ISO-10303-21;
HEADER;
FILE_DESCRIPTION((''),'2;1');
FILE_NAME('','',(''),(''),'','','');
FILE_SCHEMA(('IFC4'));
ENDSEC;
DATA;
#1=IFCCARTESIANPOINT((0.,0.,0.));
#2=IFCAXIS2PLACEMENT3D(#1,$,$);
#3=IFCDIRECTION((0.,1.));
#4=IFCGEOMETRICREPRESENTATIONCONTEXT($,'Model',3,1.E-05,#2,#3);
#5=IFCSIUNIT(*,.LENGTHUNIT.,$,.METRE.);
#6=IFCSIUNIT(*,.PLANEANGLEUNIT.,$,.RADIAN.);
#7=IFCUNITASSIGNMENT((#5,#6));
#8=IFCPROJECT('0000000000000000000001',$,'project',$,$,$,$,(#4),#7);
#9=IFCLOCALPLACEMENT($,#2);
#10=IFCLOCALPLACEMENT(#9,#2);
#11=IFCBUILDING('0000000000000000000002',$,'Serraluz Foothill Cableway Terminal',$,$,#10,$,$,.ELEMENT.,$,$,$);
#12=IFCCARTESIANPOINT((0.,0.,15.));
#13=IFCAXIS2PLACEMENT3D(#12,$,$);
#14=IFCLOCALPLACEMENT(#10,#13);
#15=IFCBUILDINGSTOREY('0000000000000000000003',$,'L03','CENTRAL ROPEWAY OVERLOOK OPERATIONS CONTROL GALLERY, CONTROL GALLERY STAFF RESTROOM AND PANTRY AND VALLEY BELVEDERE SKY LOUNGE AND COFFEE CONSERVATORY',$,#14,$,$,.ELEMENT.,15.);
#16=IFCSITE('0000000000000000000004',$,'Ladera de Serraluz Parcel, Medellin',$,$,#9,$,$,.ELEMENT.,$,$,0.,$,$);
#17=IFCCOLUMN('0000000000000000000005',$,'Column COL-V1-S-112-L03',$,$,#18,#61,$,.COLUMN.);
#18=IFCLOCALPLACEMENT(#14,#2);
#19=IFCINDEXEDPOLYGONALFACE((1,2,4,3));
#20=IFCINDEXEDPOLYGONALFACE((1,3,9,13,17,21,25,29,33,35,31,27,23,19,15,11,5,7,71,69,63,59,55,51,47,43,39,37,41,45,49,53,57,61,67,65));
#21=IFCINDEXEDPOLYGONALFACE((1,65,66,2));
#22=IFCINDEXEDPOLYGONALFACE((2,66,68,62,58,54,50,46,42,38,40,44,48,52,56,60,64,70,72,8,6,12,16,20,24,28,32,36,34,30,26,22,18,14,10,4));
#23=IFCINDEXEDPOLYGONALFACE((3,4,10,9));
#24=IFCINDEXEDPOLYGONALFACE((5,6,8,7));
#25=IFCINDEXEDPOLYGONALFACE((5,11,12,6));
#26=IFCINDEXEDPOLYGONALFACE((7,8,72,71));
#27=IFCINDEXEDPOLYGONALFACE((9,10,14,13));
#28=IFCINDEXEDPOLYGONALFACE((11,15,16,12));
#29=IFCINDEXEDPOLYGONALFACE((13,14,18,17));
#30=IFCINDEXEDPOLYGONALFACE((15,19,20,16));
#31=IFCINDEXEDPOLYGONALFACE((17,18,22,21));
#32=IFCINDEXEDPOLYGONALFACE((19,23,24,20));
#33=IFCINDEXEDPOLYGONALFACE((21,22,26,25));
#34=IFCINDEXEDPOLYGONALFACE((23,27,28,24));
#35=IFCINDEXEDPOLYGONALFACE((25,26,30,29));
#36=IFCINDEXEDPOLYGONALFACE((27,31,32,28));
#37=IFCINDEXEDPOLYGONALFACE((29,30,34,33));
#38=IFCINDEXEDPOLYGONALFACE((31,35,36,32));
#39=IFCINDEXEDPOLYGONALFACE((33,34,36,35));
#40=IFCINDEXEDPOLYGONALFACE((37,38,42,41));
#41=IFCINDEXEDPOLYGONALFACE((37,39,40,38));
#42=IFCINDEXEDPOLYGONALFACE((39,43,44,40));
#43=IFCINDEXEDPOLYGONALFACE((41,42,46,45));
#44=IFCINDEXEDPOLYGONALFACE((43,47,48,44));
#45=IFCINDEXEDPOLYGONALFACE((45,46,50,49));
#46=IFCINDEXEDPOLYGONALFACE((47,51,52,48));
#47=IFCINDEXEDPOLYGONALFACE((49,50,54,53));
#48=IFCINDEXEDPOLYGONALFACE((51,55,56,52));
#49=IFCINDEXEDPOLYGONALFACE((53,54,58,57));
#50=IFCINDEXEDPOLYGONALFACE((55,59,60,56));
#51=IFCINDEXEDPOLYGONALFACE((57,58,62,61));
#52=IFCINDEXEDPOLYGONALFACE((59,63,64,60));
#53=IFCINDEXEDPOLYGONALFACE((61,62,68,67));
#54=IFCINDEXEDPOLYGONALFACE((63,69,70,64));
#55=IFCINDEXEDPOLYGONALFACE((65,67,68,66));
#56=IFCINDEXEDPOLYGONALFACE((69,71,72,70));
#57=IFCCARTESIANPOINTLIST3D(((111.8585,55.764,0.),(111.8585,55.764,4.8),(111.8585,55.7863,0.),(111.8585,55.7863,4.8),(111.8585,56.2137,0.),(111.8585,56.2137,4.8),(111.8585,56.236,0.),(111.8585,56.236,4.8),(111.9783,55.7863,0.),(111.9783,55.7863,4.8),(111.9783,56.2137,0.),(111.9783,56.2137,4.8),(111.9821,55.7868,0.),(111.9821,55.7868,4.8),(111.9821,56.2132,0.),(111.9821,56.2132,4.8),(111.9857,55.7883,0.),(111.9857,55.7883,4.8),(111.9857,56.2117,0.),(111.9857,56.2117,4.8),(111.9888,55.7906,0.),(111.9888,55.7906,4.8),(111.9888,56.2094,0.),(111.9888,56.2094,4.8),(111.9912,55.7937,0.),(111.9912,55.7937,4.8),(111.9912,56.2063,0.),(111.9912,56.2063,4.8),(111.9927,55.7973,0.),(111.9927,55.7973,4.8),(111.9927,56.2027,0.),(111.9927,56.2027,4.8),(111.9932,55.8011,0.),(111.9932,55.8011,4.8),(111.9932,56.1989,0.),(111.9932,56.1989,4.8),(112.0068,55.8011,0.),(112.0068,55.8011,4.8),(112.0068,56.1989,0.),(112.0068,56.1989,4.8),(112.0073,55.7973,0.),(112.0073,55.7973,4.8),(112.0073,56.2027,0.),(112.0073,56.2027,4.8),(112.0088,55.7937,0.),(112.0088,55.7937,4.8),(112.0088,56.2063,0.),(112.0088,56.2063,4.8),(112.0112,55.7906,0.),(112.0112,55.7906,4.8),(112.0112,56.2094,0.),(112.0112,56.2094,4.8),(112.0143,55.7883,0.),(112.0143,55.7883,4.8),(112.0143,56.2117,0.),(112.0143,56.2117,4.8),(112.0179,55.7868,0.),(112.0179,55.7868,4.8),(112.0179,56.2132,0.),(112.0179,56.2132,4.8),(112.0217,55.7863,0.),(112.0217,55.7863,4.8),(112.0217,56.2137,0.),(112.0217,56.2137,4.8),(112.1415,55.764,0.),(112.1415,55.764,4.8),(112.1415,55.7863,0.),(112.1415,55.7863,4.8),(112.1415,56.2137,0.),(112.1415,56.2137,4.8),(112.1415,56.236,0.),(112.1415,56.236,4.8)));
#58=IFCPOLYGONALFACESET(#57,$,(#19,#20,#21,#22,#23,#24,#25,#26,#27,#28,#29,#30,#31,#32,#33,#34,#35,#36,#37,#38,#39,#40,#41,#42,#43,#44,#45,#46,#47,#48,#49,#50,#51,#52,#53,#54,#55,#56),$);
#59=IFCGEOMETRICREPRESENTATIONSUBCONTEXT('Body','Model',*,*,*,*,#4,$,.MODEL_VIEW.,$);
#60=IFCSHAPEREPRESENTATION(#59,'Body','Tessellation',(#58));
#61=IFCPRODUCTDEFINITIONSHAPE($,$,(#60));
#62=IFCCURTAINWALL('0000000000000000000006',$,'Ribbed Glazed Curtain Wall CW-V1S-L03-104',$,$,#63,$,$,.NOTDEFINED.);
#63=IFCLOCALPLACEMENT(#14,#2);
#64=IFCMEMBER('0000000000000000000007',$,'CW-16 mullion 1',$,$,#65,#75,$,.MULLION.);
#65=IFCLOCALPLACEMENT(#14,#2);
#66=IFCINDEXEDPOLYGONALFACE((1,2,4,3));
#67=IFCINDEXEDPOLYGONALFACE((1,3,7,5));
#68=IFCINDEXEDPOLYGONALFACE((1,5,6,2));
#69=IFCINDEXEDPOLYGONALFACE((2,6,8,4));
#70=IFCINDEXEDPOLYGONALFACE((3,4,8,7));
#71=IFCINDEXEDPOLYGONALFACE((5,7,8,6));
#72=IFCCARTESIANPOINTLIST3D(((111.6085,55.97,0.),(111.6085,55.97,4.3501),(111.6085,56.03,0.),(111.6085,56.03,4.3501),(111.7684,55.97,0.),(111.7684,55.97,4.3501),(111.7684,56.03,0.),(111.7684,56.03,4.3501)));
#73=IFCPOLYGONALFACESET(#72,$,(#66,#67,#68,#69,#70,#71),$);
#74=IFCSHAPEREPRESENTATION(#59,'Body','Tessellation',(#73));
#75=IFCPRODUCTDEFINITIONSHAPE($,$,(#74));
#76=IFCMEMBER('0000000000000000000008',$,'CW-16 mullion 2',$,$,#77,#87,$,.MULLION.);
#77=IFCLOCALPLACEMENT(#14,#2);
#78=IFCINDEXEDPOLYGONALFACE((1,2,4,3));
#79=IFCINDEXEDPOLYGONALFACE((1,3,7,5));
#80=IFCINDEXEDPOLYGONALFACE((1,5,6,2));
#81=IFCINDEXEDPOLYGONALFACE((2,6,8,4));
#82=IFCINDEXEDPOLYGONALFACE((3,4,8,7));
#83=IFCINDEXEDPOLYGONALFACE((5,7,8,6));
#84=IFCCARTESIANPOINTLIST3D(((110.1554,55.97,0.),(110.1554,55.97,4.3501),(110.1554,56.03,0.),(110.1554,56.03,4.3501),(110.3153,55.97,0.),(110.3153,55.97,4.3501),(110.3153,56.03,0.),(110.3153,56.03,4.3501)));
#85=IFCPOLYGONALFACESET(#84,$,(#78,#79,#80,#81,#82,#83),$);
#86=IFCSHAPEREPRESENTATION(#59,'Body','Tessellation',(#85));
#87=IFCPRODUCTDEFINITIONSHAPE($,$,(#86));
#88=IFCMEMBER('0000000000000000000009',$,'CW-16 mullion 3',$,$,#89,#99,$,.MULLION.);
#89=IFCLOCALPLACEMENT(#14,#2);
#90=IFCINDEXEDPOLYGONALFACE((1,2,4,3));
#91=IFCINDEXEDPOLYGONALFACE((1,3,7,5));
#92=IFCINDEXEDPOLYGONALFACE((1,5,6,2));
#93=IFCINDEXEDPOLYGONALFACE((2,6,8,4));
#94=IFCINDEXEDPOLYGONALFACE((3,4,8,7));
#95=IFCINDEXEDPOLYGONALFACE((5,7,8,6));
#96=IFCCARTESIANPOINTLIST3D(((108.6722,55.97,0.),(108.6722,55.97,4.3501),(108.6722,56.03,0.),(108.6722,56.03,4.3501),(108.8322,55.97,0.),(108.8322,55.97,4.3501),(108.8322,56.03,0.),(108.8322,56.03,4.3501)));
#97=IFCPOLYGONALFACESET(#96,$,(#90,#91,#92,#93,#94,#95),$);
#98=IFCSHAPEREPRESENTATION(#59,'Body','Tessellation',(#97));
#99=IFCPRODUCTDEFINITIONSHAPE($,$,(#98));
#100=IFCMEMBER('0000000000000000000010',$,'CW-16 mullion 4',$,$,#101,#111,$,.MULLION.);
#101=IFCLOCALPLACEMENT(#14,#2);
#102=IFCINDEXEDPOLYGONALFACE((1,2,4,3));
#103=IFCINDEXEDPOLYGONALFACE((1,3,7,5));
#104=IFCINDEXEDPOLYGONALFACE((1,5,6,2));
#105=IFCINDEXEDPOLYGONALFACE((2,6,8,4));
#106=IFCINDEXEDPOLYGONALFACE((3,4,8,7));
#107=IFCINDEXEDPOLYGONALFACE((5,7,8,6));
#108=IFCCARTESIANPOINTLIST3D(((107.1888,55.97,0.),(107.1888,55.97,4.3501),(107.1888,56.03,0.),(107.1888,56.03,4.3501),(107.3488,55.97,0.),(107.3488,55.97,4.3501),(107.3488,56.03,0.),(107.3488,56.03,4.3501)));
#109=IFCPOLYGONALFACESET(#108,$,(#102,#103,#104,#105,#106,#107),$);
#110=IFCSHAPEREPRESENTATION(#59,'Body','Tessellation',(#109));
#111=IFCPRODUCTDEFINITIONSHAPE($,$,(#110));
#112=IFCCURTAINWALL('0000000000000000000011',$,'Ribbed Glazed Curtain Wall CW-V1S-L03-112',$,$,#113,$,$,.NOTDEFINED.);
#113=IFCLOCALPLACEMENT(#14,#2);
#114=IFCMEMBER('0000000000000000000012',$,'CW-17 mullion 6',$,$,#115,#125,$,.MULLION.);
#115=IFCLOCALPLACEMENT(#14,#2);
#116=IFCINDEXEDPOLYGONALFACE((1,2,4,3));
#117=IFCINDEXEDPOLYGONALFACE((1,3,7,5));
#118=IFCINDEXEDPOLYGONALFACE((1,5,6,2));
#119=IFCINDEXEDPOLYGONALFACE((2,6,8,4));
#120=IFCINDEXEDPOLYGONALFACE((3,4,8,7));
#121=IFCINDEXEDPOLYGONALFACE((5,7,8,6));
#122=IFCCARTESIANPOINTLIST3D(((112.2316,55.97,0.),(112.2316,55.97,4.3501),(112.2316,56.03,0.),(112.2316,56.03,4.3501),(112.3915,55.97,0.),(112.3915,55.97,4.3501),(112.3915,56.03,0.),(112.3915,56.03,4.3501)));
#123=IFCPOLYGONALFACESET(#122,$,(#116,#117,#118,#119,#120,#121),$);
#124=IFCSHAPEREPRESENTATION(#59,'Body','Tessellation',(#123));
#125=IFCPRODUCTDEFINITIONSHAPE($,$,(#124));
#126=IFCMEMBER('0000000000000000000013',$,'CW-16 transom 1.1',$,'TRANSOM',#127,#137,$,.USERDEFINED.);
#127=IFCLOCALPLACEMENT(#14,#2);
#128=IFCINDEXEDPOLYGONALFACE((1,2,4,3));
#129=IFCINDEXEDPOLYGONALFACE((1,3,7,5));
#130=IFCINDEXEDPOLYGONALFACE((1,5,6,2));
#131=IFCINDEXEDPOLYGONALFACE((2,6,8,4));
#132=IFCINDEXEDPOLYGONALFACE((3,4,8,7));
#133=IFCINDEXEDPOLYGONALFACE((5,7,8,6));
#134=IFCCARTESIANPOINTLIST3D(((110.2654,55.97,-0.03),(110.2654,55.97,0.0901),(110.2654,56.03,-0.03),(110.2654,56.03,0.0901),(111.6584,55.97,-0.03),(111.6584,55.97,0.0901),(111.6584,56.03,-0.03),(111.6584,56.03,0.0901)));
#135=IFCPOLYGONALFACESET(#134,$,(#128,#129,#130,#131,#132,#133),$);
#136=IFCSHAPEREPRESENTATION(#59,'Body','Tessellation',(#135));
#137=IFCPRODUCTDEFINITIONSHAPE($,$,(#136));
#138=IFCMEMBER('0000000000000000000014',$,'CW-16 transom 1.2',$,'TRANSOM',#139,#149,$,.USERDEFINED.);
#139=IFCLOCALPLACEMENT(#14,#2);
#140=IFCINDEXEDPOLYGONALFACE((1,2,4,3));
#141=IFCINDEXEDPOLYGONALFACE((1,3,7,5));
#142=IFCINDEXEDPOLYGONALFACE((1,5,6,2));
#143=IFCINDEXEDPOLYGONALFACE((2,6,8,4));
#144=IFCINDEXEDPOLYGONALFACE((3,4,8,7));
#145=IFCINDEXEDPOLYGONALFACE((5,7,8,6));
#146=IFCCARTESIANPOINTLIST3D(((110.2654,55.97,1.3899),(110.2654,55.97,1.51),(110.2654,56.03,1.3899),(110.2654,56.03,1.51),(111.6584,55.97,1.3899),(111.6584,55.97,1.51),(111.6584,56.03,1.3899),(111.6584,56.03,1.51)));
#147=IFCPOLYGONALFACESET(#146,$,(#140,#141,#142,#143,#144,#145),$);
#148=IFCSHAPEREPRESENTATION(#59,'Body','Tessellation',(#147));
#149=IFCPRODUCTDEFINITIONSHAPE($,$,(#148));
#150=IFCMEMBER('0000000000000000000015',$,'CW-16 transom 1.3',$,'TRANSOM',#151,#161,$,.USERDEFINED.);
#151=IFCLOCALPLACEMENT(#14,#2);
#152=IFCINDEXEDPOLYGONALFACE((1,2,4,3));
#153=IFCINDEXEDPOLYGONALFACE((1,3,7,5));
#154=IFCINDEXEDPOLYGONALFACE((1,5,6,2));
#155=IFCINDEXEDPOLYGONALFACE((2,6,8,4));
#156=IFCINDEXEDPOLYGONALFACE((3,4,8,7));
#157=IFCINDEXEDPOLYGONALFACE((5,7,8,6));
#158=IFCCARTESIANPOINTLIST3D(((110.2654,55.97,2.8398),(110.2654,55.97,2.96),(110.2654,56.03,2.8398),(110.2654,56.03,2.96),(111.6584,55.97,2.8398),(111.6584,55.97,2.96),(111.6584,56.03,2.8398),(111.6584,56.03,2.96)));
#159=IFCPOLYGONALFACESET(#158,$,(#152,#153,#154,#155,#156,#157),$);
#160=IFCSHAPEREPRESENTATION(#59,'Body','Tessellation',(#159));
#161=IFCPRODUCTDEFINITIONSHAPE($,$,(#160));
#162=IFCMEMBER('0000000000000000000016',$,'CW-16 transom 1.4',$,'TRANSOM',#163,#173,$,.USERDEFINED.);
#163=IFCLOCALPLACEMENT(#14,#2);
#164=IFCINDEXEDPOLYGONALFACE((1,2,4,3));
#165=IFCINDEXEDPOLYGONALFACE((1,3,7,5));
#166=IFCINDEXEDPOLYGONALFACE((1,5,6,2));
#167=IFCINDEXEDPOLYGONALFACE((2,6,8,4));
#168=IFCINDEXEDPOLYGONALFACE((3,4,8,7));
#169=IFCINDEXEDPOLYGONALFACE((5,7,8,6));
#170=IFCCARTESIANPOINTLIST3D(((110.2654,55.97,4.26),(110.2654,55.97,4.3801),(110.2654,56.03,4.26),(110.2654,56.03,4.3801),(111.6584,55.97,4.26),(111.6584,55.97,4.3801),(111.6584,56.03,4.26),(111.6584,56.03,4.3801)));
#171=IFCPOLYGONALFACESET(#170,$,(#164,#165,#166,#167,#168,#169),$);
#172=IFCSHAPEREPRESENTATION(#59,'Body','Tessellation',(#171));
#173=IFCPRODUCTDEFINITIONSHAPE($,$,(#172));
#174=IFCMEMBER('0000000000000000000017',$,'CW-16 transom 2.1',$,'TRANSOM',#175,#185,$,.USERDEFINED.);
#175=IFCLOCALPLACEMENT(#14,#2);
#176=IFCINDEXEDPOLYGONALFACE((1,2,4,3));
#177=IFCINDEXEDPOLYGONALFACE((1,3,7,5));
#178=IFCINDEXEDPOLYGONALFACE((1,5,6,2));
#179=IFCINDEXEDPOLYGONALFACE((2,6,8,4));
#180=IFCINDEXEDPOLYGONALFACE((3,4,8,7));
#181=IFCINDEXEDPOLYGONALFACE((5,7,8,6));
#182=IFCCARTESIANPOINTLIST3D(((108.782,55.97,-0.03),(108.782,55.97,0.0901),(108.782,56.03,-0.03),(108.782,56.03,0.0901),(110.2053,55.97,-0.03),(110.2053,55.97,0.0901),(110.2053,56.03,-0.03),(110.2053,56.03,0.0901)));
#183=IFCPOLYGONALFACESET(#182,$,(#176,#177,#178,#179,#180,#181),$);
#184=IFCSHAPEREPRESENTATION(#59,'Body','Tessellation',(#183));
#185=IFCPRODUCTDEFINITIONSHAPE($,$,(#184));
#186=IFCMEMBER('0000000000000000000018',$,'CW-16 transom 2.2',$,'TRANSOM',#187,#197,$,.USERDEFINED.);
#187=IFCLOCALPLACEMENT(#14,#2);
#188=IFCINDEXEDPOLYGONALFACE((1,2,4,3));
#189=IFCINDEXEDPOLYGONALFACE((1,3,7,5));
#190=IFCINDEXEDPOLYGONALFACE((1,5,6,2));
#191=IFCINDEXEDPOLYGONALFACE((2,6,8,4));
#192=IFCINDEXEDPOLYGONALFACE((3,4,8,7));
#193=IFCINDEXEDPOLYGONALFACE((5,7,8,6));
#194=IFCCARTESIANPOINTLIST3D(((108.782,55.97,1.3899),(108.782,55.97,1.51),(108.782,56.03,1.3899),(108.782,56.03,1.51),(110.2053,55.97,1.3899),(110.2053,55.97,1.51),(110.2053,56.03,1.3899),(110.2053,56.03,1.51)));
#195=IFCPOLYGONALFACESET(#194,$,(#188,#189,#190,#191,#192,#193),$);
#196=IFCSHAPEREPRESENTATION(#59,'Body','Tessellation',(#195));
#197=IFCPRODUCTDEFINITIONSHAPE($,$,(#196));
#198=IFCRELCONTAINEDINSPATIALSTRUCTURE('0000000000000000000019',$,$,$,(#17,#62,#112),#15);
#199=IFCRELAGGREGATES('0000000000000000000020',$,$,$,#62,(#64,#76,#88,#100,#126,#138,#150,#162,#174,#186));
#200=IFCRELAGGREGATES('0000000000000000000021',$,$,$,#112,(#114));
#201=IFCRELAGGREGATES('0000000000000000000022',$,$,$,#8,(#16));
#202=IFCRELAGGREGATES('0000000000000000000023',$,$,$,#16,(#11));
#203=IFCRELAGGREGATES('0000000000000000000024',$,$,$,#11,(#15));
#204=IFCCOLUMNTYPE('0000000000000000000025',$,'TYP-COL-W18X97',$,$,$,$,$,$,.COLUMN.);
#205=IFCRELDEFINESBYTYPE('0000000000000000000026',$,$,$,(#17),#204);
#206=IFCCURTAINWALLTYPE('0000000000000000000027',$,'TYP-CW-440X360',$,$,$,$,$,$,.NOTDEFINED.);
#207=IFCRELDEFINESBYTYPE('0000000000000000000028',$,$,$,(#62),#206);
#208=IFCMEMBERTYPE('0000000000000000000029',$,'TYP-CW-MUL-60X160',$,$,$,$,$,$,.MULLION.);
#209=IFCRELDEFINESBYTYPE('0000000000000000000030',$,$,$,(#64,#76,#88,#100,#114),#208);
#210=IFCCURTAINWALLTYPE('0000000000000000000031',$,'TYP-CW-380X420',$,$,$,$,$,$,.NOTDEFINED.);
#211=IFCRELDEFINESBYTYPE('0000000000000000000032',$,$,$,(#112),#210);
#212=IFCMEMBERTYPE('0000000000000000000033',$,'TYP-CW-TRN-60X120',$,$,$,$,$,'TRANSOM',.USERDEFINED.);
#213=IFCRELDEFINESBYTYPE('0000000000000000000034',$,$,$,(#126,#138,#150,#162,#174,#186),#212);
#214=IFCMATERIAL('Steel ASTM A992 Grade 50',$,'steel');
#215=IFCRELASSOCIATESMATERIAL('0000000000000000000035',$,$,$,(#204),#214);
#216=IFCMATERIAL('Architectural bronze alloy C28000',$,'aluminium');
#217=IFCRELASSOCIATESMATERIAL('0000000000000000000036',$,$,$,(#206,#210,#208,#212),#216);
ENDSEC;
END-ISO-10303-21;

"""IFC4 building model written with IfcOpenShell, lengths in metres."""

from ifc_helpers import new_model, si_unit, direction, frame, origin, origin_2d, place, context, subcontext, project, spatial, rectangle, i_section, extrude, material, material_profile, profile_set, type_object, element, aggregate, save


model = new_model("IFC4")

# Units and contexts
model_context = context("Model", 3, precision=1e-05, world=origin(), true_north=direction((0.0, 1.0)))
body_context = subcontext(model_context, "Body", "Model", "MODEL_VIEW")
ifc_project = project(units=[si_unit("LENGTHUNIT", "METRE"), si_unit("PLANEANGLEUNIT", "RADIAN")], contexts=[model_context])

# Site, building, storey
site_placement = place(None, origin())
site = spatial("IfcSite", under=ifc_project, at=site_placement, Name="Ladera de Serraluz Parcel, Medellin", CompositionType="ELEMENT", RefElevation=0.0)
building_placement = place(site_placement, origin())
building = spatial("IfcBuilding", under=site, at=building_placement, Name="Serraluz Foothill Cableway Terminal", CompositionType="ELEMENT")
storey_placement = place(building_placement, frame((0.0, 0.0, 15.0)))
storey = spatial("IfcBuildingStorey", under=building, at=storey_placement, Name="L03", Description="CENTRAL ROPEWAY OVERLOOK OPERATIONS CONTROL GALLERY, CONTROL GALLERY STAFF RESTROOM AND PANTRY AND VALLEY BELVEDERE SKY LOUNGE AND COFFEE CONSERVATORY", CompositionType="ELEMENT", Elevation=15.0)

# Column
ifc_material_1 = material(Name="Steel ASTM A992 Grade 50", Category="steel")
ifc_material_profile_1 = material_profile(ifc_material_1, i_section(OverallWidth=0.283, OverallDepth=0.4719, WebThickness=0.0137, FlangeThickness=0.0222, FilletRadius=0.0149, at=origin_2d()), Name="W18X97")
ifc_profile_set_1 = profile_set([ifc_material_profile_1], Name="Steel ASTM A992 Grade 50")
column_type = type_object("IfcColumnType", Name="TYP-COL-W18X97", PredefinedType="COLUMN", material=ifc_profile_set_1)
column_placement = place(storey_placement, frame((112.0, 56.0, 0.0), z_axis=(0.0, 0.0, 1.0), x_axis=(1.0, 0.0, 0.0)))
element("IfcColumn", 1, at=column_placement, inside=storey, type_object=column_type, Name="Column COL-V1-S-112-L03", PredefinedType="COLUMN", context=body_context, shape_type="SweptSolid", body=[
    extrude(i_section(OverallWidth=0.283, OverallDepth=0.4719, WebThickness=0.0137, FlangeThickness=0.0222, FilletRadius=0.0149, at=origin_2d()), origin(), (0.0, 0.0, 1.0), 4.8),
])

# Curtain wall, members
ifc_material_2 = material(Name="Architectural bronze alloy C28000", Category="aluminium")
curtain_wall_type_1 = type_object("IfcCurtainWallType", Name="TYP-CW-440X360", PredefinedType="NOTDEFINED", material=ifc_material_2)
curtain_wall_1_placement = place(storey_placement, origin())
curtain_wall_1 = element("IfcCurtainWall", 2, at=curtain_wall_1_placement, inside=storey, type_object=curtain_wall_type_1, Name="Ribbed Glazed Curtain Wall CW-V1S-L03-104", PredefinedType="NOTDEFINED")
ifc_material_profile_2 = material_profile(ifc_material_2, rectangle(XDim=0.0601, YDim=0.1599, at=origin_2d()), Name="ALU MULLION 60x160")
ifc_profile_set_2 = profile_set([ifc_material_profile_2], Name="Architectural bronze alloy C28000")
member_type_1 = type_object("IfcMemberType", Name="TYP-CW-MUL-60X160", PredefinedType="MULLION", material=ifc_profile_set_2)
member_1_placement = place(storey_placement, frame((111.6885, 56.0, 0.0), z_axis=(0.0, 0.0, 1.0), x_axis=(0.0, -1.0, 0.0)))
member_1 = element("IfcMember", 3, at=member_1_placement, type_object=member_type_1, Name="CW-16 mullion 1", PredefinedType="MULLION", context=body_context, shape_type="SweptSolid", body=[
    extrude(rectangle(XDim=0.0601, YDim=0.1599, at=origin_2d()), origin(), (0.0, 0.0, 1.0), 4.3501),
])
member_2_placement = place(storey_placement, frame((110.2354, 56.0, 0.0), z_axis=(0.0, 0.0, 1.0), x_axis=(0.0, -1.0, 0.0)))
member_2 = element("IfcMember", 4, at=member_2_placement, type_object=member_type_1, Name="CW-16 mullion 2", PredefinedType="MULLION", context=body_context, shape_type="SweptSolid", body=[
    extrude(rectangle(XDim=0.0601, YDim=0.1599, at=origin_2d()), origin(), (0.0, 0.0, 1.0), 4.3501),
])
member_3_placement = place(storey_placement, frame((108.7522, 56.0, 0.0), z_axis=(0.0, 0.0, 1.0), x_axis=(0.0, -1.0, 0.0)))
member_3 = element("IfcMember", 5, at=member_3_placement, type_object=member_type_1, Name="CW-16 mullion 3", PredefinedType="MULLION", context=body_context, shape_type="SweptSolid", body=[
    extrude(rectangle(XDim=0.0601, YDim=0.1599, at=origin_2d()), origin(), (0.0, 0.0, 1.0), 4.3501),
])
member_4_placement = place(storey_placement, frame((107.2688, 56.0, 0.0), z_axis=(0.0, 0.0, 1.0), x_axis=(0.0, -1.0, 0.0)))
member_4 = element("IfcMember", 6, at=member_4_placement, type_object=member_type_1, Name="CW-16 mullion 4", PredefinedType="MULLION", context=body_context, shape_type="SweptSolid", body=[
    extrude(rectangle(XDim=0.0601, YDim=0.1599, at=origin_2d()), origin(), (0.0, 0.0, 1.0), 4.3501),
])

# Curtain wall, member
curtain_wall_type_2 = type_object("IfcCurtainWallType", Name="TYP-CW-380X420", PredefinedType="NOTDEFINED", material=ifc_material_2)
curtain_wall_2_placement = place(storey_placement, origin())
curtain_wall_2 = element("IfcCurtainWall", 7, at=curtain_wall_2_placement, inside=storey, type_object=curtain_wall_type_2, Name="Ribbed Glazed Curtain Wall CW-V1S-L03-112", PredefinedType="NOTDEFINED")
member_5_placement = place(storey_placement, frame((112.3115, 56.0, 0.0), z_axis=(0.0, 0.0, 1.0), x_axis=(0.0, -1.0, 0.0)))
member_5 = element("IfcMember", 8, at=member_5_placement, type_object=member_type_1, Name="CW-17 mullion 6", PredefinedType="MULLION", context=body_context, shape_type="SweptSolid", body=[
    extrude(rectangle(XDim=0.0601, YDim=0.1599, at=origin_2d()), origin(), (0.0, 0.0, 1.0), 4.3501),
])

# Members
ifc_material_profile_3 = material_profile(ifc_material_2, rectangle(XDim=0.0601, YDim=0.1201, at=origin_2d()), Name="ALU TRANSOM 60x120")
ifc_profile_set_3 = profile_set([ifc_material_profile_3], Name="Architectural bronze alloy C28000")
member_type_2 = type_object("IfcMemberType", Name="TYP-CW-TRN-60X120", ElementType="TRANSOM", PredefinedType="USERDEFINED", material=ifc_profile_set_3)
member_6_placement = place(storey_placement, frame((111.6584, 56.0, 0.03), z_axis=(-1.0, 0.0, 0.0), x_axis=(0.0, -1.0, 0.0)))
member_6 = element("IfcMember", 9, at=member_6_placement, type_object=member_type_2, Name="CW-16 transom 1.1", ObjectType="TRANSOM", PredefinedType="USERDEFINED", context=body_context, shape_type="SweptSolid", body=[
    extrude(rectangle(XDim=0.0601, YDim=0.1201, at=origin_2d()), origin(), (0.0, 0.0, 1.0), 1.3931),
])
member_7_placement = place(storey_placement, frame((111.6584, 56.0, 1.45), z_axis=(-1.0, 0.0, 0.0), x_axis=(0.0, -1.0, 0.0)))
member_7 = element("IfcMember", 10, at=member_7_placement, type_object=member_type_2, Name="CW-16 transom 1.2", ObjectType="TRANSOM", PredefinedType="USERDEFINED", context=body_context, shape_type="SweptSolid", body=[
    extrude(rectangle(XDim=0.0601, YDim=0.1201, at=origin_2d()), origin(), (0.0, 0.0, 1.0), 1.3931),
])
member_8_placement = place(storey_placement, frame((111.6584, 56.0, 2.8999), z_axis=(-1.0, 0.0, 0.0), x_axis=(0.0, -1.0, 0.0)))
member_8 = element("IfcMember", 11, at=member_8_placement, type_object=member_type_2, Name="CW-16 transom 1.3", ObjectType="TRANSOM", PredefinedType="USERDEFINED", context=body_context, shape_type="SweptSolid", body=[
    extrude(rectangle(XDim=0.0601, YDim=0.1201, at=origin_2d()), origin(), (0.0, 0.0, 1.0), 1.3931),
])
member_9_placement = place(storey_placement, frame((111.6584, 56.0, 4.3201), z_axis=(-1.0, 0.0, 0.0), x_axis=(0.0, -1.0, 0.0)))
member_9 = element("IfcMember", 12, at=member_9_placement, type_object=member_type_2, Name="CW-16 transom 1.4", ObjectType="TRANSOM", PredefinedType="USERDEFINED", context=body_context, shape_type="SweptSolid", body=[
    extrude(rectangle(XDim=0.0601, YDim=0.1201, at=origin_2d()), origin(), (0.0, 0.0, 1.0), 1.3931),
])
member_10_placement = place(storey_placement, frame((110.2053, 56.0, 0.03), z_axis=(-1.0, 0.0, 0.0), x_axis=(0.0, -1.0, 0.0)))
member_10 = element("IfcMember", 13, at=member_10_placement, type_object=member_type_2, Name="CW-16 transom 2.1", ObjectType="TRANSOM", PredefinedType="USERDEFINED", context=body_context, shape_type="SweptSolid", body=[
    extrude(rectangle(XDim=0.0601, YDim=0.1201, at=origin_2d()), origin(), (0.0, 0.0, 1.0), 1.4233),
])
member_11_placement = place(storey_placement, frame((110.2053, 56.0, 1.45), z_axis=(-1.0, 0.0, 0.0), x_axis=(0.0, -1.0, 0.0)))
member_11 = element("IfcMember", 14, at=member_11_placement, type_object=member_type_2, Name="CW-16 transom 2.2", ObjectType="TRANSOM", PredefinedType="USERDEFINED", context=body_context, shape_type="SweptSolid", body=[
    extrude(rectangle(XDim=0.0601, YDim=0.1201, at=origin_2d()), origin(), (0.0, 0.0, 1.0), 1.4233),
])

aggregate(curtain_wall_1, [member_1, member_2, member_3, member_4, member_6, member_7, member_8, member_9, member_10, member_11])
aggregate(curtain_wall_2, [member_5])

save(model, "model.ifc")
